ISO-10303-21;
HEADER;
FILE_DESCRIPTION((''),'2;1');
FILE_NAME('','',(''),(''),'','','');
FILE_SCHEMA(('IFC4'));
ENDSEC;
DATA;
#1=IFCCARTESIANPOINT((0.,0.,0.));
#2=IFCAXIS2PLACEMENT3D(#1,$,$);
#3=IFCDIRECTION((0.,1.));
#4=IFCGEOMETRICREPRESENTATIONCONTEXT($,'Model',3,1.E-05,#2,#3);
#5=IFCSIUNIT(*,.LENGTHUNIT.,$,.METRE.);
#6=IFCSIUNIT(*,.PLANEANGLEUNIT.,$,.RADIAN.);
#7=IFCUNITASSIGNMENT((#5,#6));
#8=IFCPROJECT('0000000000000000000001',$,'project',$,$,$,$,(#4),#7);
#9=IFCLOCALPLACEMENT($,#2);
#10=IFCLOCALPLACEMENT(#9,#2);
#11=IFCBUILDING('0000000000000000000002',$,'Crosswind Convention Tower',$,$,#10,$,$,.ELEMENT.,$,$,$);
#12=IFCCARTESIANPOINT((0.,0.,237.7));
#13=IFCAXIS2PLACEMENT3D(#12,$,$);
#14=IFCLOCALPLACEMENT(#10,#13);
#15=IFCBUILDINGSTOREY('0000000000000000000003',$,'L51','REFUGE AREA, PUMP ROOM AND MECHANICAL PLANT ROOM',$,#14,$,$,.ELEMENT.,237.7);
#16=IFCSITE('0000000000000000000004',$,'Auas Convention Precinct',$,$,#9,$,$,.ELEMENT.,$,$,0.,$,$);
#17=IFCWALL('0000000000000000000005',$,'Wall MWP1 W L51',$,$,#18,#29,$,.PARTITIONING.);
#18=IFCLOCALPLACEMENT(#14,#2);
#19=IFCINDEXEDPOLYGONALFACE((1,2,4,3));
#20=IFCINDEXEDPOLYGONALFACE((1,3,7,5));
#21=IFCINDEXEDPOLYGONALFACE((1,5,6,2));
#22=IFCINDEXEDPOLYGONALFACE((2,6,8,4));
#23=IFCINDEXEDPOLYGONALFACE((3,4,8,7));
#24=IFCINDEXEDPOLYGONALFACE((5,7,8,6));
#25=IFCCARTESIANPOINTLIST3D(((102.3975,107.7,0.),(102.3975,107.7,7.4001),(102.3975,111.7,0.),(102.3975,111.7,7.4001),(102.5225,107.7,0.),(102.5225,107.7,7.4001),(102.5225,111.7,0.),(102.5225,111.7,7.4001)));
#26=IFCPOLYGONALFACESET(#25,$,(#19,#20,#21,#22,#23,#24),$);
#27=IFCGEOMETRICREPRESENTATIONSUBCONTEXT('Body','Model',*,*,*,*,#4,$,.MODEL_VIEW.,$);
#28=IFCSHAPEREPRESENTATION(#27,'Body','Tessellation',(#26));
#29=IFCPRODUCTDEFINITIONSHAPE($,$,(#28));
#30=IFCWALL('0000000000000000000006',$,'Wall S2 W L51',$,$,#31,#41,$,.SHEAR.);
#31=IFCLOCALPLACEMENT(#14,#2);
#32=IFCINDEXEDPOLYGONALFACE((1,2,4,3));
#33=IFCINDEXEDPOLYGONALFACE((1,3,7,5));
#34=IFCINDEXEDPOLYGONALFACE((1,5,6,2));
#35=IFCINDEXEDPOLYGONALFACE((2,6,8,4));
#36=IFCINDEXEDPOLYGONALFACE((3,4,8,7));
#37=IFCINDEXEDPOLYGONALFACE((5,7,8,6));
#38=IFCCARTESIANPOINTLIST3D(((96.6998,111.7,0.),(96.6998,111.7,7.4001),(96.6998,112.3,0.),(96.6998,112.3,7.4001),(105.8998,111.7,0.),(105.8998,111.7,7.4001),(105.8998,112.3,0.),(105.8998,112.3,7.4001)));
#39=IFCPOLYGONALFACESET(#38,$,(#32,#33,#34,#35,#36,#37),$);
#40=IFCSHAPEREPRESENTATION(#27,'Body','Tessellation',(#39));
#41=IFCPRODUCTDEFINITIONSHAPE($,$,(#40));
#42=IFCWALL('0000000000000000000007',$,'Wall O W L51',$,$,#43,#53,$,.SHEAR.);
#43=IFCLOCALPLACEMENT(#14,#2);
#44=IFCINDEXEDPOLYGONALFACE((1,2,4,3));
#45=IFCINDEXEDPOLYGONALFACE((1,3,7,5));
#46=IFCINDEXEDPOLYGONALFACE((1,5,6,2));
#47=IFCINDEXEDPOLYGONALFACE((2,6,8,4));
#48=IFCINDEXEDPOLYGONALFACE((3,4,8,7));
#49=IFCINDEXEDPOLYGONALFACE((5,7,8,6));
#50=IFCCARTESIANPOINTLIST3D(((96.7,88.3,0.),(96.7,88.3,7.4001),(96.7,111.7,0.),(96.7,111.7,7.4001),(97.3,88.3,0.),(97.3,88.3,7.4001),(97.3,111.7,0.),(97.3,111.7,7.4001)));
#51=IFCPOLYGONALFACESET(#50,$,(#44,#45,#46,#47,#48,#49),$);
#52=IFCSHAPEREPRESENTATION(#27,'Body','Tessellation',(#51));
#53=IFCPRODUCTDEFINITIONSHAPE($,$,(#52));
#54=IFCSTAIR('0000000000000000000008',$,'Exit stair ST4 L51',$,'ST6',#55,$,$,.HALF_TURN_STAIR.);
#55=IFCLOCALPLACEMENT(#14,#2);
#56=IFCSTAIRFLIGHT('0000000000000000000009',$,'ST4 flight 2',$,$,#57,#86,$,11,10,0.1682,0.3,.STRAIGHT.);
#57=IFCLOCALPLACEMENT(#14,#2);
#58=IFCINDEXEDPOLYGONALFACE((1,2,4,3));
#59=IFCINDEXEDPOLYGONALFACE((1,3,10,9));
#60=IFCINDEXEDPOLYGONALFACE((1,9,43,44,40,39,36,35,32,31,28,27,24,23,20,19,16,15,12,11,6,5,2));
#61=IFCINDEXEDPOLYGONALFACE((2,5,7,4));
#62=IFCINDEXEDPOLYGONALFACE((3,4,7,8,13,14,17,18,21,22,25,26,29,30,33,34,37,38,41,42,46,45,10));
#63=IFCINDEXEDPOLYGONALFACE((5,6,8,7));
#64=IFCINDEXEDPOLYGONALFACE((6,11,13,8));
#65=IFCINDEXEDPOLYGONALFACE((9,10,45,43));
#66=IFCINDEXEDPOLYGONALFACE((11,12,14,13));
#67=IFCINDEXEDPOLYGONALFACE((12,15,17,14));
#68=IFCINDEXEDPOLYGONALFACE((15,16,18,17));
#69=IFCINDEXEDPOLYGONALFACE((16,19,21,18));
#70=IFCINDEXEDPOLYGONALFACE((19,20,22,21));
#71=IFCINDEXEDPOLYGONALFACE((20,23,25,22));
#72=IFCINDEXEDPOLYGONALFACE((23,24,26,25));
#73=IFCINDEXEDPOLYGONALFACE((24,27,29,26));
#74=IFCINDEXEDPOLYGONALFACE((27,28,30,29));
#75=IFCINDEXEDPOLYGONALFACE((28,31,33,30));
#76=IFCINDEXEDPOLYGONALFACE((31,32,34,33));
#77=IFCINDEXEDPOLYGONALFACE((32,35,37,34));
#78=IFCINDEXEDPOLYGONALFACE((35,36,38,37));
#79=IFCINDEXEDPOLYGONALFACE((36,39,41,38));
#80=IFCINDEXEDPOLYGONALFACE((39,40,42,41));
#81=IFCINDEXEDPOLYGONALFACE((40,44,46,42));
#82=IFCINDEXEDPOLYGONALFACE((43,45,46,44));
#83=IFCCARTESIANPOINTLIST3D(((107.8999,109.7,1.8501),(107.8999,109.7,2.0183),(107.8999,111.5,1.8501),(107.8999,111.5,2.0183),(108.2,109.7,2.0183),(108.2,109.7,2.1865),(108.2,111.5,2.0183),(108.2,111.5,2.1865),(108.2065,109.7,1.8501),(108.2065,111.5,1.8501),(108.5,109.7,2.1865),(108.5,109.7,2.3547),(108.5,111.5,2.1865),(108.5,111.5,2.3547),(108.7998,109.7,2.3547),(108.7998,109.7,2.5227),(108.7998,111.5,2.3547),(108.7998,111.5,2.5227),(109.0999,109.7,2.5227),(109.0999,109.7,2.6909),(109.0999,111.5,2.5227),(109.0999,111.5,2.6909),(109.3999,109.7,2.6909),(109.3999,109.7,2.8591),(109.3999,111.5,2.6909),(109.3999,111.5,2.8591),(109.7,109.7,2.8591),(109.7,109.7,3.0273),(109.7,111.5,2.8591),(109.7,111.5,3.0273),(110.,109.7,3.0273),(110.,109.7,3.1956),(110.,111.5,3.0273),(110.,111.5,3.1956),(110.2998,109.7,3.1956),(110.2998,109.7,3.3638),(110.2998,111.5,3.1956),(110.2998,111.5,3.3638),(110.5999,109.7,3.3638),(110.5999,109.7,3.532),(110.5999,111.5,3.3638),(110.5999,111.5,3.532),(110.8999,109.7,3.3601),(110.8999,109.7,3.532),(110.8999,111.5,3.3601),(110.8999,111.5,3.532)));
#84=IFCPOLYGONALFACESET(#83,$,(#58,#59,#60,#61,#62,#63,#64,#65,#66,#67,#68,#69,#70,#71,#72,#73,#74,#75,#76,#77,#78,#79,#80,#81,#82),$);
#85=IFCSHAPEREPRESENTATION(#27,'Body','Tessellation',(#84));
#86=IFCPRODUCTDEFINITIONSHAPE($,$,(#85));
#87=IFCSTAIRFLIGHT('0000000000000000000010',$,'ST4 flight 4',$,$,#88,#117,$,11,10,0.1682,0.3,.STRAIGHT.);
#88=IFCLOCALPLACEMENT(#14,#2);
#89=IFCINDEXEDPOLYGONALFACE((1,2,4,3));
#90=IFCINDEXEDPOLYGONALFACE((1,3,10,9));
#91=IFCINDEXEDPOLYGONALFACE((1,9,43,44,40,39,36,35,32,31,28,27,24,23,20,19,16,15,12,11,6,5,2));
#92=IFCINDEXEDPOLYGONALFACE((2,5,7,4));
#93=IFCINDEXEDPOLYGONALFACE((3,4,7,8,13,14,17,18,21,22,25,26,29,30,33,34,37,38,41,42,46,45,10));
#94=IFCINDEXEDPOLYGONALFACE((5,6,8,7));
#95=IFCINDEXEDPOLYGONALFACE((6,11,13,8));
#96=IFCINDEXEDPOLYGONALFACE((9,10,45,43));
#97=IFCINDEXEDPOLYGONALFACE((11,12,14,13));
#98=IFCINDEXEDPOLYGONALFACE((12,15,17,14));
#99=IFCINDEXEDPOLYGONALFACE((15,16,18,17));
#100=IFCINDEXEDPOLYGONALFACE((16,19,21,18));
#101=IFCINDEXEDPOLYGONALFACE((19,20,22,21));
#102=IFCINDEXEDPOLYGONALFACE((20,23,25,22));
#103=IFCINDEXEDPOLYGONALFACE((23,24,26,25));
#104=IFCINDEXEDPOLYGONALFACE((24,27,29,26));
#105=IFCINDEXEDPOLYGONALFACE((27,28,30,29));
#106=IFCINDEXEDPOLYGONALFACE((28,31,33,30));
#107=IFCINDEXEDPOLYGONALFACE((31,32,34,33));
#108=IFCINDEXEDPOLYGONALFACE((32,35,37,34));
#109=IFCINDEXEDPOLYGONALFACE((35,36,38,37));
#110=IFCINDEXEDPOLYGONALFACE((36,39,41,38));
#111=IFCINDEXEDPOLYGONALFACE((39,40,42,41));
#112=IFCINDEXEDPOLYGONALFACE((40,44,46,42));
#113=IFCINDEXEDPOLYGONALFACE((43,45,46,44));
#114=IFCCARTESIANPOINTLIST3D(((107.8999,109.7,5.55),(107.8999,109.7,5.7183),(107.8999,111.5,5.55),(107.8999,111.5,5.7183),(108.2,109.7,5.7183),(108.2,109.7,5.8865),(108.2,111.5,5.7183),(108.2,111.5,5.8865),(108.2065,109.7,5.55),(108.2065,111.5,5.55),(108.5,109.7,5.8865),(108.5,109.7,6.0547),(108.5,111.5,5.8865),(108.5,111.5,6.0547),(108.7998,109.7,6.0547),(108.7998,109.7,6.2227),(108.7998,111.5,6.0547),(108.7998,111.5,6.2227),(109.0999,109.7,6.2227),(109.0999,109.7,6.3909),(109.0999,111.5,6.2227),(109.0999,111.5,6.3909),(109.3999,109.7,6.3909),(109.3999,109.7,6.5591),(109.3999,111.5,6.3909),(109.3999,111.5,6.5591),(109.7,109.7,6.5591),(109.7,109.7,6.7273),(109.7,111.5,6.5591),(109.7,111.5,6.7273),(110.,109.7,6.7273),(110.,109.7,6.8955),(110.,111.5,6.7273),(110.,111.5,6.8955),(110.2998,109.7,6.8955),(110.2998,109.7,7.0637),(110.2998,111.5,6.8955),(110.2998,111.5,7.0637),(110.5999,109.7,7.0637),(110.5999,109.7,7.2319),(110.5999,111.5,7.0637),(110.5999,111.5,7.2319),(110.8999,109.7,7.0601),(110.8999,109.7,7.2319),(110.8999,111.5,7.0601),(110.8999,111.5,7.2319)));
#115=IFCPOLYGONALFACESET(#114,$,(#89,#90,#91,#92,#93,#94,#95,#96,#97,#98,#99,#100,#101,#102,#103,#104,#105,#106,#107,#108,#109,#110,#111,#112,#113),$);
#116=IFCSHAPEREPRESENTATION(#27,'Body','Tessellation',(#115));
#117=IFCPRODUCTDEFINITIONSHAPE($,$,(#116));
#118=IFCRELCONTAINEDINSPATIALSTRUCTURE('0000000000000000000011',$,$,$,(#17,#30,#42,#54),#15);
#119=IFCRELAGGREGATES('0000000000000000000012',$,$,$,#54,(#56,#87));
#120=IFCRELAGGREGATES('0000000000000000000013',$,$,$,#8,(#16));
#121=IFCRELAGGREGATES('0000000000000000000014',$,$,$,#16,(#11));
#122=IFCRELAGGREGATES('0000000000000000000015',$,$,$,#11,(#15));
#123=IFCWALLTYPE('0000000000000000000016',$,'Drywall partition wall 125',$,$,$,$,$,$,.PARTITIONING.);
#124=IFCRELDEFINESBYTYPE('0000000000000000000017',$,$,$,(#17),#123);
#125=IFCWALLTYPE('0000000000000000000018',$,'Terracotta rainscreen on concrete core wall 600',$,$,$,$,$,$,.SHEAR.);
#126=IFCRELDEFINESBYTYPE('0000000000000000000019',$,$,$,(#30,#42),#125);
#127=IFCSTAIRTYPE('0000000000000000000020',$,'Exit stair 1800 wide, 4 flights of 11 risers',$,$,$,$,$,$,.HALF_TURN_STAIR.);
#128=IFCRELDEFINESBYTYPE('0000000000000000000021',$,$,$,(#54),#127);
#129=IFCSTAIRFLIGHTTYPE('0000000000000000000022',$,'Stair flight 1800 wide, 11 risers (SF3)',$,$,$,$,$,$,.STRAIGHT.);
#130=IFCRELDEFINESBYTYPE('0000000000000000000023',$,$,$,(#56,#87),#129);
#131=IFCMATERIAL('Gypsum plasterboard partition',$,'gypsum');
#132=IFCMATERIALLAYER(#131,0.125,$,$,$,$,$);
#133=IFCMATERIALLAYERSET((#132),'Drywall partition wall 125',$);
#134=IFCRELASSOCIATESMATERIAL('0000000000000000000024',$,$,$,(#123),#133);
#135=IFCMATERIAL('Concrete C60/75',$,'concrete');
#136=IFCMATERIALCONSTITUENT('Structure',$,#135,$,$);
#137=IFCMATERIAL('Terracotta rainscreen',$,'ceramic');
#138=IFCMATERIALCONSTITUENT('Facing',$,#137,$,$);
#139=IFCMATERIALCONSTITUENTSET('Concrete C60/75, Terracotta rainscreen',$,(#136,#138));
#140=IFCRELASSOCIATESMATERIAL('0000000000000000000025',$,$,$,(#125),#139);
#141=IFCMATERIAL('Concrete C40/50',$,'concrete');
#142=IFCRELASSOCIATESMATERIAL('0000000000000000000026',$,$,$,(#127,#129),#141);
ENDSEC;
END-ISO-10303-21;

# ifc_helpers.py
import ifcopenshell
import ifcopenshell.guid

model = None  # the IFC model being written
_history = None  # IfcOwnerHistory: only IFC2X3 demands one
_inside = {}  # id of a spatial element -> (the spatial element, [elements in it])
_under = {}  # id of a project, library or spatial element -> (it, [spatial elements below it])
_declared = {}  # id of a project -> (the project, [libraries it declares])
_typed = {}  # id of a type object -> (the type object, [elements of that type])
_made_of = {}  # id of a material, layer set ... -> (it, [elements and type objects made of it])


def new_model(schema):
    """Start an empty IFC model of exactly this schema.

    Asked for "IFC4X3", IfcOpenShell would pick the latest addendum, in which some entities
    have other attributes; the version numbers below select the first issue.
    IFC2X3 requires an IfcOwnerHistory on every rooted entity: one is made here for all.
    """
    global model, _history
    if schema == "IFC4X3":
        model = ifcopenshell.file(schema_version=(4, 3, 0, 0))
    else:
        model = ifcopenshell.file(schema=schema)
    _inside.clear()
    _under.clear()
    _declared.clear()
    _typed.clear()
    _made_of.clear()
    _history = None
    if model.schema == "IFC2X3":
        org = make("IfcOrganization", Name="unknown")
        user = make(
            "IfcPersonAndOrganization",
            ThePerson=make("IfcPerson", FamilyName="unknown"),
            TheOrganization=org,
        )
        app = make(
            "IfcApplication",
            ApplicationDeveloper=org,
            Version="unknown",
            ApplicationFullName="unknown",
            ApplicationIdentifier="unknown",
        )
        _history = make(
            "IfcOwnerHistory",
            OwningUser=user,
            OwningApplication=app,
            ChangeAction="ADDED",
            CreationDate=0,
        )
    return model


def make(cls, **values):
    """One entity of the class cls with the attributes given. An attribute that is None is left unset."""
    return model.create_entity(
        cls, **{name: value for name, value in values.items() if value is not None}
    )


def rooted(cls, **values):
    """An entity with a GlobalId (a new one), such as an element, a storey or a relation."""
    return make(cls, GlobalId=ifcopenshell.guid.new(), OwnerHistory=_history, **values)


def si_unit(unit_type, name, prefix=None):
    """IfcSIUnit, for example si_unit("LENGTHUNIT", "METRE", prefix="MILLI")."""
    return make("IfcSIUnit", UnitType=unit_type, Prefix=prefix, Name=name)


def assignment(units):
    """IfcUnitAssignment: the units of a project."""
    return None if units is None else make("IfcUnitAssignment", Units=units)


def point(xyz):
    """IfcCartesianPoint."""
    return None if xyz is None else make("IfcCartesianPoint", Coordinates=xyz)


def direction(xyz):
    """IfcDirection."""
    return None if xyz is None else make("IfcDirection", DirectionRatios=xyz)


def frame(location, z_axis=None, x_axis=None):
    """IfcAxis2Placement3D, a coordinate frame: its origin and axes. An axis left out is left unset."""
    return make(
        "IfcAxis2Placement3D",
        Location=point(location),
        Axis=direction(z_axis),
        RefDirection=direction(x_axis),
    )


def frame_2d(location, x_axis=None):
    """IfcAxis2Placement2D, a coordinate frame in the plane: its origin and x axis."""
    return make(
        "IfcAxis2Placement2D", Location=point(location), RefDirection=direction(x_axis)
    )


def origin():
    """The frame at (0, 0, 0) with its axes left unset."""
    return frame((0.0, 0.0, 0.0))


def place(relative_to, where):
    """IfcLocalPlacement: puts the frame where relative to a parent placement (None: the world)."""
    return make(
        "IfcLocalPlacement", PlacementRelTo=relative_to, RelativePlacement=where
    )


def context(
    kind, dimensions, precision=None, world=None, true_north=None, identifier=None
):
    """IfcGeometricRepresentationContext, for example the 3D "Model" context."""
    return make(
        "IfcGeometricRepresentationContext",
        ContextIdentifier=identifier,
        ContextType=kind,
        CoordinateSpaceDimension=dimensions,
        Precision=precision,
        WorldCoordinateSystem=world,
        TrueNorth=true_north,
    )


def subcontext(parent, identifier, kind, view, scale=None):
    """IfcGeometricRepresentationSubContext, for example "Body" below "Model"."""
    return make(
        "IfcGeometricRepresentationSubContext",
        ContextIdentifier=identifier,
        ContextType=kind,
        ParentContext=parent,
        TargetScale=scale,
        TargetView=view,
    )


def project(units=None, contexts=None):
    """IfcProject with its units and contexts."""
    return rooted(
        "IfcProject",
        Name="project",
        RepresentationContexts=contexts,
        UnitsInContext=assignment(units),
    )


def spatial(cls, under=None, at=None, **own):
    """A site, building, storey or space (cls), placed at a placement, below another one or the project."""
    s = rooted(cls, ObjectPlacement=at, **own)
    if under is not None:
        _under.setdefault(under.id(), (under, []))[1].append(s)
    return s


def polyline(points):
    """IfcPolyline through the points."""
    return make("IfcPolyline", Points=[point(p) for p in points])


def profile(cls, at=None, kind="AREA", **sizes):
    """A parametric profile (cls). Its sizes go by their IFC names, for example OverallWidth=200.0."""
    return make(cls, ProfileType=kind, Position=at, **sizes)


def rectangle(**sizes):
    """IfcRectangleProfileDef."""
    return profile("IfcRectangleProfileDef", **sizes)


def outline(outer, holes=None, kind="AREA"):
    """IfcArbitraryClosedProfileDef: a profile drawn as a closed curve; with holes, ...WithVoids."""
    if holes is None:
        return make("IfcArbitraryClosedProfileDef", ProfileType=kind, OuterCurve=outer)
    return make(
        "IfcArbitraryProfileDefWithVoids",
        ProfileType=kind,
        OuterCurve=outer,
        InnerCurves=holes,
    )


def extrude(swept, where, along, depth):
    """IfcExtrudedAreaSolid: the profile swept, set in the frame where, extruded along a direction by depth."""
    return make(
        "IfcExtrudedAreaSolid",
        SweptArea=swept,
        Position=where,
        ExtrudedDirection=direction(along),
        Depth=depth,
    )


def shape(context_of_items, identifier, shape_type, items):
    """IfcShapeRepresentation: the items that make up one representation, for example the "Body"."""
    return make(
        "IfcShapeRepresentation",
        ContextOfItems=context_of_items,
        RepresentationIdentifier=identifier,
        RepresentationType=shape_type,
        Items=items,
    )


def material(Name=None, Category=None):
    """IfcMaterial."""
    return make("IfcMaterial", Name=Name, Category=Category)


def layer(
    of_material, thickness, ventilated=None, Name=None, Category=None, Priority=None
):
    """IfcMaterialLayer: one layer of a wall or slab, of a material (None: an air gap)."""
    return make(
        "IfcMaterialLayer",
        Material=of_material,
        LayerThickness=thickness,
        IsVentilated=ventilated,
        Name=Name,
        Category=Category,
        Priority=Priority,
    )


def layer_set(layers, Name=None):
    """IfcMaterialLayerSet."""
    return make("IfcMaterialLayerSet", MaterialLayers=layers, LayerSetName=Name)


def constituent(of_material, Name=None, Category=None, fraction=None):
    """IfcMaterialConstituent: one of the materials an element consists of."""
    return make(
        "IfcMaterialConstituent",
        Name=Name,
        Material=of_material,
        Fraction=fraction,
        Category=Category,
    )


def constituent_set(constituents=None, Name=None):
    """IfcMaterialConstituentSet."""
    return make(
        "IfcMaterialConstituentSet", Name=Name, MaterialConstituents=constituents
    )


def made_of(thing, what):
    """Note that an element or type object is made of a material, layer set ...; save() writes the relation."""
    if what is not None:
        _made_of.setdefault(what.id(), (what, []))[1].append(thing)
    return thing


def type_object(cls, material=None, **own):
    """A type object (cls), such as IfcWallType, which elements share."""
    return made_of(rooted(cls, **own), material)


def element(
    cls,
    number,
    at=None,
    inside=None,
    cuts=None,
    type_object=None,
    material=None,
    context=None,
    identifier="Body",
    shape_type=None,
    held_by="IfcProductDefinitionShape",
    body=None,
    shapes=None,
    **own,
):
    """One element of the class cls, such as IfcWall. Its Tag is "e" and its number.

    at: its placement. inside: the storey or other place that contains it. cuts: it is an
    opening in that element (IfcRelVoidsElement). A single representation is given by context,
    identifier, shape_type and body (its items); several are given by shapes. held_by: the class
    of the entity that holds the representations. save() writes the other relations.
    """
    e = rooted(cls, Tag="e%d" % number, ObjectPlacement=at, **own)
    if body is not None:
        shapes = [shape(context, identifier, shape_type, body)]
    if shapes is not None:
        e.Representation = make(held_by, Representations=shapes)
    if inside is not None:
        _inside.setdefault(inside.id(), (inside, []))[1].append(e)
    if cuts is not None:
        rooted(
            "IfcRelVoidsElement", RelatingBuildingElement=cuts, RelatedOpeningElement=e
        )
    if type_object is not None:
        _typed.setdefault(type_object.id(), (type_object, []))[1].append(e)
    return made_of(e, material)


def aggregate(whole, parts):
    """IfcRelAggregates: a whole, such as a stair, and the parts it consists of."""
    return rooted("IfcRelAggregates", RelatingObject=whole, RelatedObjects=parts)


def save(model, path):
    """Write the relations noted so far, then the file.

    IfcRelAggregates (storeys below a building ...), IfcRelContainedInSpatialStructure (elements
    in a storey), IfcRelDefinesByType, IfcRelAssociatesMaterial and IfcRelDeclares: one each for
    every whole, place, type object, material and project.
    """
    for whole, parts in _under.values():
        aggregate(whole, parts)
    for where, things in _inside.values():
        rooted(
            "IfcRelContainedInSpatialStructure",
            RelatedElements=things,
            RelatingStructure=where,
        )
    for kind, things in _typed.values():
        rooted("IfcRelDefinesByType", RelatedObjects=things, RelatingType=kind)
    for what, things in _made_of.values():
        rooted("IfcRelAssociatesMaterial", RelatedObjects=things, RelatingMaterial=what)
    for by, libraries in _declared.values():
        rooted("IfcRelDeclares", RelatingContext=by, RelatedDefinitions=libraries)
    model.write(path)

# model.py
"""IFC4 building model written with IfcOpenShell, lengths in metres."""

from ifc_helpers import new_model, si_unit, direction, frame, frame_2d, origin, place, context, subcontext, project, spatial, polyline, rectangle, outline, extrude, material, layer, layer_set, constituent, constituent_set, type_object, element, aggregate, save


model = new_model("IFC4")

# Units and contexts
model_context = context("Model", 3, precision=1e-05, world=origin(), true_north=direction((0.0, 1.0)))
body_context = subcontext(model_context, "Body", "Model", "MODEL_VIEW")
ifc_project = project(units=[si_unit("LENGTHUNIT", "METRE"), si_unit("PLANEANGLEUNIT", "RADIAN")], contexts=[model_context])

# Site, building, storey
site_placement = place(None, origin())
site = spatial("IfcSite", under=ifc_project, at=site_placement, Name="Auas Convention Precinct", CompositionType="ELEMENT", RefElevation=0.0)
building_placement = place(site_placement, origin())
building = spatial("IfcBuilding", under=site, at=building_placement, Name="Crosswind Convention Tower", CompositionType="ELEMENT")
storey_placement = place(building_placement, frame((0.0, 0.0, 237.7)))
storey = spatial("IfcBuildingStorey", under=building, at=storey_placement, Name="L51", Description="REFUGE AREA, PUMP ROOM AND MECHANICAL PLANT ROOM", CompositionType="ELEMENT", Elevation=237.7)

# Walls
ifc_material_1 = material(Name="Gypsum plasterboard partition", Category="gypsum")
ifc_layer_1 = layer(ifc_material_1, 0.125)
ifc_layer_set_1 = layer_set([ifc_layer_1], Name="Drywall partition wall 125")
wall_type_1 = type_object("IfcWallType", Name="Drywall partition wall 125", PredefinedType="PARTITIONING", material=ifc_layer_set_1)
wall_1_placement = place(storey_placement, frame((102.46, 111.7, 0.0), z_axis=(0.0, 0.0, 1.0), x_axis=(0.0, -1.0, 0.0)))
element("IfcWall", 1, at=wall_1_placement, inside=storey, type_object=wall_type_1, Name="Wall MWP1 W L51", PredefinedType="PARTITIONING", context=body_context, shape_type="SweptSolid", body=[
    extrude(rectangle(XDim=4.0, YDim=0.125, at=frame_2d((2.0, 0.0))), origin(), (0.0, 0.0, 1.0), 7.4001),
])
ifc_material_2 = material(Name="Concrete C60/75", Category="concrete")
ifc_constituent_1 = constituent(ifc_material_2, Name="Structure")
ifc_material_3 = material(Name="Terracotta rainscreen", Category="ceramic")
ifc_constituent_2 = constituent(ifc_material_3, Name="Facing")
ifc_constituent_set = constituent_set(constituents=[ifc_constituent_1, ifc_constituent_2], Name="Concrete C60/75, Terracotta rainscreen")
wall_type_2 = type_object("IfcWallType", Name="Terracotta rainscreen on concrete core wall 600", PredefinedType="SHEAR", material=ifc_constituent_set)
wall_2_placement = place(storey_placement, frame((105.8999, 112.0, 0.0), z_axis=(0.0, 0.0, 1.0), x_axis=(-1.0, 0.0, 0.0)))
element("IfcWall", 2, at=wall_2_placement, inside=storey, type_object=wall_type_2, Name="Wall S2 W L51", PredefinedType="SHEAR", context=body_context, shape_type="SweptSolid", body=[
    extrude(rectangle(XDim=9.2, YDim=0.6001, at=frame_2d((4.6001, 0.0))), origin(), (0.0, 0.0, 1.0), 7.4001),
])
wall_3_placement = place(storey_placement, frame((97.0, 111.7, 0.0), z_axis=(0.0, 0.0, 1.0), x_axis=(0.0, -1.0, 0.0)))
element("IfcWall", 3, at=wall_3_placement, inside=storey, type_object=wall_type_2, Name="Wall O W L51", PredefinedType="SHEAR", context=body_context, shape_type="SweptSolid", body=[
    extrude(rectangle(XDim=23.3999, YDim=0.6001, at=frame_2d((11.7, 0.0))), origin(), (0.0, 0.0, 1.0), 7.4001),
])

# Stair, stair flights
ifc_material_4 = material(Name="Concrete C40/50", Category="concrete")
stair_type = type_object("IfcStairType", Name="Exit stair 1800 wide, 4 flights of 11 risers", PredefinedType="HALF_TURN_STAIR", material=ifc_material_4)
stair_placement = place(storey_placement, origin())
stair = element("IfcStair", 4, at=stair_placement, inside=storey, type_object=stair_type, Name="Exit stair ST4 L51", ObjectType="ST6", PredefinedType="HALF_TURN_STAIR")
stair_flight_type = type_object("IfcStairFlightType", Name="Stair flight 1800 wide, 11 risers (SF3)", PredefinedType="STRAIGHT", material=ifc_material_4)
stair_flight_1_placement = place(storey_placement, frame((107.8999, 110.6001, 1.8501), z_axis=(0.0, 0.0, 1.0), x_axis=(1.0, 0.0, 0.0)))
stair_flight_1 = element("IfcStairFlight", 5, at=stair_flight_1_placement, type_object=stair_flight_type, Name="ST4 flight 2", NumberOfRisers=11, NumberOfTreads=10, PredefinedType="STRAIGHT", RiserHeight=0.1682, TreadLength=0.3, context=body_context, shape_type="SweptSolid", body=[
    extrude(outline(polyline([(0.0, 0.0), (0.0, 0.1682), (0.3, 0.1682), (0.3, 0.3364), (0.6001, 0.3364), (0.6001, 0.5046), (0.8999, 0.5046), (0.8999, 0.6726), (1.2, 0.6726), (1.2, 0.8408), (1.5, 0.8408), (1.5, 1.009), (1.8, 1.009), (1.8, 1.1772), (2.1001, 1.1772), (2.1001, 1.3455), (2.3999, 1.3455), (2.3999, 1.5137), (2.7, 1.5137), (2.7, 1.6819), (3.0, 1.6819), (3.0, 1.8501), (3.0, 1.51), (0.3066, 0.0), (0.0, 0.0)])), frame((0.0, 0.8999, 0.0), z_axis=(0.0, -1.0, 0.0), x_axis=(1.0, 0.0, 0.0)), (0.0, 0.0, 1.0), 1.8),
])
stair_flight_2_placement = place(storey_placement, frame((107.8999, 110.6001, 5.55), z_axis=(0.0, 0.0, 1.0), x_axis=(1.0, 0.0, 0.0)))
stair_flight_2 = element("IfcStairFlight", 6, at=stair_flight_2_placement, type_object=stair_flight_type, Name="ST4 flight 4", NumberOfRisers=11, NumberOfTreads=10, PredefinedType="STRAIGHT", RiserHeight=0.1682, TreadLength=0.3, context=body_context, shape_type="SweptSolid", body=[
    extrude(outline(polyline([(0.0, 0.0), (0.0, 0.1682), (0.3, 0.1682), (0.3, 0.3364), (0.6001, 0.3364), (0.6001, 0.5046), (0.8999, 0.5046), (0.8999, 0.6726), (1.2, 0.6726), (1.2, 0.8408), (1.5, 0.8408), (1.5, 1.009), (1.8, 1.009), (1.8, 1.1772), (2.1001, 1.1772), (2.1001, 1.3455), (2.3999, 1.3455), (2.3999, 1.5137), (2.7, 1.5137), (2.7, 1.6819), (3.0, 1.6819), (3.0, 1.8501), (3.0, 1.51), (0.3066, 0.0), (0.0, 0.0)])), frame((0.0, 0.8999, 0.0), z_axis=(0.0, -1.0, 0.0), x_axis=(1.0, 0.0, 0.0)), (0.0, 0.0, 1.0), 1.8),
])
aggregate(stair, [stair_flight_1, stair_flight_2])

save(model, "model.ifc")
